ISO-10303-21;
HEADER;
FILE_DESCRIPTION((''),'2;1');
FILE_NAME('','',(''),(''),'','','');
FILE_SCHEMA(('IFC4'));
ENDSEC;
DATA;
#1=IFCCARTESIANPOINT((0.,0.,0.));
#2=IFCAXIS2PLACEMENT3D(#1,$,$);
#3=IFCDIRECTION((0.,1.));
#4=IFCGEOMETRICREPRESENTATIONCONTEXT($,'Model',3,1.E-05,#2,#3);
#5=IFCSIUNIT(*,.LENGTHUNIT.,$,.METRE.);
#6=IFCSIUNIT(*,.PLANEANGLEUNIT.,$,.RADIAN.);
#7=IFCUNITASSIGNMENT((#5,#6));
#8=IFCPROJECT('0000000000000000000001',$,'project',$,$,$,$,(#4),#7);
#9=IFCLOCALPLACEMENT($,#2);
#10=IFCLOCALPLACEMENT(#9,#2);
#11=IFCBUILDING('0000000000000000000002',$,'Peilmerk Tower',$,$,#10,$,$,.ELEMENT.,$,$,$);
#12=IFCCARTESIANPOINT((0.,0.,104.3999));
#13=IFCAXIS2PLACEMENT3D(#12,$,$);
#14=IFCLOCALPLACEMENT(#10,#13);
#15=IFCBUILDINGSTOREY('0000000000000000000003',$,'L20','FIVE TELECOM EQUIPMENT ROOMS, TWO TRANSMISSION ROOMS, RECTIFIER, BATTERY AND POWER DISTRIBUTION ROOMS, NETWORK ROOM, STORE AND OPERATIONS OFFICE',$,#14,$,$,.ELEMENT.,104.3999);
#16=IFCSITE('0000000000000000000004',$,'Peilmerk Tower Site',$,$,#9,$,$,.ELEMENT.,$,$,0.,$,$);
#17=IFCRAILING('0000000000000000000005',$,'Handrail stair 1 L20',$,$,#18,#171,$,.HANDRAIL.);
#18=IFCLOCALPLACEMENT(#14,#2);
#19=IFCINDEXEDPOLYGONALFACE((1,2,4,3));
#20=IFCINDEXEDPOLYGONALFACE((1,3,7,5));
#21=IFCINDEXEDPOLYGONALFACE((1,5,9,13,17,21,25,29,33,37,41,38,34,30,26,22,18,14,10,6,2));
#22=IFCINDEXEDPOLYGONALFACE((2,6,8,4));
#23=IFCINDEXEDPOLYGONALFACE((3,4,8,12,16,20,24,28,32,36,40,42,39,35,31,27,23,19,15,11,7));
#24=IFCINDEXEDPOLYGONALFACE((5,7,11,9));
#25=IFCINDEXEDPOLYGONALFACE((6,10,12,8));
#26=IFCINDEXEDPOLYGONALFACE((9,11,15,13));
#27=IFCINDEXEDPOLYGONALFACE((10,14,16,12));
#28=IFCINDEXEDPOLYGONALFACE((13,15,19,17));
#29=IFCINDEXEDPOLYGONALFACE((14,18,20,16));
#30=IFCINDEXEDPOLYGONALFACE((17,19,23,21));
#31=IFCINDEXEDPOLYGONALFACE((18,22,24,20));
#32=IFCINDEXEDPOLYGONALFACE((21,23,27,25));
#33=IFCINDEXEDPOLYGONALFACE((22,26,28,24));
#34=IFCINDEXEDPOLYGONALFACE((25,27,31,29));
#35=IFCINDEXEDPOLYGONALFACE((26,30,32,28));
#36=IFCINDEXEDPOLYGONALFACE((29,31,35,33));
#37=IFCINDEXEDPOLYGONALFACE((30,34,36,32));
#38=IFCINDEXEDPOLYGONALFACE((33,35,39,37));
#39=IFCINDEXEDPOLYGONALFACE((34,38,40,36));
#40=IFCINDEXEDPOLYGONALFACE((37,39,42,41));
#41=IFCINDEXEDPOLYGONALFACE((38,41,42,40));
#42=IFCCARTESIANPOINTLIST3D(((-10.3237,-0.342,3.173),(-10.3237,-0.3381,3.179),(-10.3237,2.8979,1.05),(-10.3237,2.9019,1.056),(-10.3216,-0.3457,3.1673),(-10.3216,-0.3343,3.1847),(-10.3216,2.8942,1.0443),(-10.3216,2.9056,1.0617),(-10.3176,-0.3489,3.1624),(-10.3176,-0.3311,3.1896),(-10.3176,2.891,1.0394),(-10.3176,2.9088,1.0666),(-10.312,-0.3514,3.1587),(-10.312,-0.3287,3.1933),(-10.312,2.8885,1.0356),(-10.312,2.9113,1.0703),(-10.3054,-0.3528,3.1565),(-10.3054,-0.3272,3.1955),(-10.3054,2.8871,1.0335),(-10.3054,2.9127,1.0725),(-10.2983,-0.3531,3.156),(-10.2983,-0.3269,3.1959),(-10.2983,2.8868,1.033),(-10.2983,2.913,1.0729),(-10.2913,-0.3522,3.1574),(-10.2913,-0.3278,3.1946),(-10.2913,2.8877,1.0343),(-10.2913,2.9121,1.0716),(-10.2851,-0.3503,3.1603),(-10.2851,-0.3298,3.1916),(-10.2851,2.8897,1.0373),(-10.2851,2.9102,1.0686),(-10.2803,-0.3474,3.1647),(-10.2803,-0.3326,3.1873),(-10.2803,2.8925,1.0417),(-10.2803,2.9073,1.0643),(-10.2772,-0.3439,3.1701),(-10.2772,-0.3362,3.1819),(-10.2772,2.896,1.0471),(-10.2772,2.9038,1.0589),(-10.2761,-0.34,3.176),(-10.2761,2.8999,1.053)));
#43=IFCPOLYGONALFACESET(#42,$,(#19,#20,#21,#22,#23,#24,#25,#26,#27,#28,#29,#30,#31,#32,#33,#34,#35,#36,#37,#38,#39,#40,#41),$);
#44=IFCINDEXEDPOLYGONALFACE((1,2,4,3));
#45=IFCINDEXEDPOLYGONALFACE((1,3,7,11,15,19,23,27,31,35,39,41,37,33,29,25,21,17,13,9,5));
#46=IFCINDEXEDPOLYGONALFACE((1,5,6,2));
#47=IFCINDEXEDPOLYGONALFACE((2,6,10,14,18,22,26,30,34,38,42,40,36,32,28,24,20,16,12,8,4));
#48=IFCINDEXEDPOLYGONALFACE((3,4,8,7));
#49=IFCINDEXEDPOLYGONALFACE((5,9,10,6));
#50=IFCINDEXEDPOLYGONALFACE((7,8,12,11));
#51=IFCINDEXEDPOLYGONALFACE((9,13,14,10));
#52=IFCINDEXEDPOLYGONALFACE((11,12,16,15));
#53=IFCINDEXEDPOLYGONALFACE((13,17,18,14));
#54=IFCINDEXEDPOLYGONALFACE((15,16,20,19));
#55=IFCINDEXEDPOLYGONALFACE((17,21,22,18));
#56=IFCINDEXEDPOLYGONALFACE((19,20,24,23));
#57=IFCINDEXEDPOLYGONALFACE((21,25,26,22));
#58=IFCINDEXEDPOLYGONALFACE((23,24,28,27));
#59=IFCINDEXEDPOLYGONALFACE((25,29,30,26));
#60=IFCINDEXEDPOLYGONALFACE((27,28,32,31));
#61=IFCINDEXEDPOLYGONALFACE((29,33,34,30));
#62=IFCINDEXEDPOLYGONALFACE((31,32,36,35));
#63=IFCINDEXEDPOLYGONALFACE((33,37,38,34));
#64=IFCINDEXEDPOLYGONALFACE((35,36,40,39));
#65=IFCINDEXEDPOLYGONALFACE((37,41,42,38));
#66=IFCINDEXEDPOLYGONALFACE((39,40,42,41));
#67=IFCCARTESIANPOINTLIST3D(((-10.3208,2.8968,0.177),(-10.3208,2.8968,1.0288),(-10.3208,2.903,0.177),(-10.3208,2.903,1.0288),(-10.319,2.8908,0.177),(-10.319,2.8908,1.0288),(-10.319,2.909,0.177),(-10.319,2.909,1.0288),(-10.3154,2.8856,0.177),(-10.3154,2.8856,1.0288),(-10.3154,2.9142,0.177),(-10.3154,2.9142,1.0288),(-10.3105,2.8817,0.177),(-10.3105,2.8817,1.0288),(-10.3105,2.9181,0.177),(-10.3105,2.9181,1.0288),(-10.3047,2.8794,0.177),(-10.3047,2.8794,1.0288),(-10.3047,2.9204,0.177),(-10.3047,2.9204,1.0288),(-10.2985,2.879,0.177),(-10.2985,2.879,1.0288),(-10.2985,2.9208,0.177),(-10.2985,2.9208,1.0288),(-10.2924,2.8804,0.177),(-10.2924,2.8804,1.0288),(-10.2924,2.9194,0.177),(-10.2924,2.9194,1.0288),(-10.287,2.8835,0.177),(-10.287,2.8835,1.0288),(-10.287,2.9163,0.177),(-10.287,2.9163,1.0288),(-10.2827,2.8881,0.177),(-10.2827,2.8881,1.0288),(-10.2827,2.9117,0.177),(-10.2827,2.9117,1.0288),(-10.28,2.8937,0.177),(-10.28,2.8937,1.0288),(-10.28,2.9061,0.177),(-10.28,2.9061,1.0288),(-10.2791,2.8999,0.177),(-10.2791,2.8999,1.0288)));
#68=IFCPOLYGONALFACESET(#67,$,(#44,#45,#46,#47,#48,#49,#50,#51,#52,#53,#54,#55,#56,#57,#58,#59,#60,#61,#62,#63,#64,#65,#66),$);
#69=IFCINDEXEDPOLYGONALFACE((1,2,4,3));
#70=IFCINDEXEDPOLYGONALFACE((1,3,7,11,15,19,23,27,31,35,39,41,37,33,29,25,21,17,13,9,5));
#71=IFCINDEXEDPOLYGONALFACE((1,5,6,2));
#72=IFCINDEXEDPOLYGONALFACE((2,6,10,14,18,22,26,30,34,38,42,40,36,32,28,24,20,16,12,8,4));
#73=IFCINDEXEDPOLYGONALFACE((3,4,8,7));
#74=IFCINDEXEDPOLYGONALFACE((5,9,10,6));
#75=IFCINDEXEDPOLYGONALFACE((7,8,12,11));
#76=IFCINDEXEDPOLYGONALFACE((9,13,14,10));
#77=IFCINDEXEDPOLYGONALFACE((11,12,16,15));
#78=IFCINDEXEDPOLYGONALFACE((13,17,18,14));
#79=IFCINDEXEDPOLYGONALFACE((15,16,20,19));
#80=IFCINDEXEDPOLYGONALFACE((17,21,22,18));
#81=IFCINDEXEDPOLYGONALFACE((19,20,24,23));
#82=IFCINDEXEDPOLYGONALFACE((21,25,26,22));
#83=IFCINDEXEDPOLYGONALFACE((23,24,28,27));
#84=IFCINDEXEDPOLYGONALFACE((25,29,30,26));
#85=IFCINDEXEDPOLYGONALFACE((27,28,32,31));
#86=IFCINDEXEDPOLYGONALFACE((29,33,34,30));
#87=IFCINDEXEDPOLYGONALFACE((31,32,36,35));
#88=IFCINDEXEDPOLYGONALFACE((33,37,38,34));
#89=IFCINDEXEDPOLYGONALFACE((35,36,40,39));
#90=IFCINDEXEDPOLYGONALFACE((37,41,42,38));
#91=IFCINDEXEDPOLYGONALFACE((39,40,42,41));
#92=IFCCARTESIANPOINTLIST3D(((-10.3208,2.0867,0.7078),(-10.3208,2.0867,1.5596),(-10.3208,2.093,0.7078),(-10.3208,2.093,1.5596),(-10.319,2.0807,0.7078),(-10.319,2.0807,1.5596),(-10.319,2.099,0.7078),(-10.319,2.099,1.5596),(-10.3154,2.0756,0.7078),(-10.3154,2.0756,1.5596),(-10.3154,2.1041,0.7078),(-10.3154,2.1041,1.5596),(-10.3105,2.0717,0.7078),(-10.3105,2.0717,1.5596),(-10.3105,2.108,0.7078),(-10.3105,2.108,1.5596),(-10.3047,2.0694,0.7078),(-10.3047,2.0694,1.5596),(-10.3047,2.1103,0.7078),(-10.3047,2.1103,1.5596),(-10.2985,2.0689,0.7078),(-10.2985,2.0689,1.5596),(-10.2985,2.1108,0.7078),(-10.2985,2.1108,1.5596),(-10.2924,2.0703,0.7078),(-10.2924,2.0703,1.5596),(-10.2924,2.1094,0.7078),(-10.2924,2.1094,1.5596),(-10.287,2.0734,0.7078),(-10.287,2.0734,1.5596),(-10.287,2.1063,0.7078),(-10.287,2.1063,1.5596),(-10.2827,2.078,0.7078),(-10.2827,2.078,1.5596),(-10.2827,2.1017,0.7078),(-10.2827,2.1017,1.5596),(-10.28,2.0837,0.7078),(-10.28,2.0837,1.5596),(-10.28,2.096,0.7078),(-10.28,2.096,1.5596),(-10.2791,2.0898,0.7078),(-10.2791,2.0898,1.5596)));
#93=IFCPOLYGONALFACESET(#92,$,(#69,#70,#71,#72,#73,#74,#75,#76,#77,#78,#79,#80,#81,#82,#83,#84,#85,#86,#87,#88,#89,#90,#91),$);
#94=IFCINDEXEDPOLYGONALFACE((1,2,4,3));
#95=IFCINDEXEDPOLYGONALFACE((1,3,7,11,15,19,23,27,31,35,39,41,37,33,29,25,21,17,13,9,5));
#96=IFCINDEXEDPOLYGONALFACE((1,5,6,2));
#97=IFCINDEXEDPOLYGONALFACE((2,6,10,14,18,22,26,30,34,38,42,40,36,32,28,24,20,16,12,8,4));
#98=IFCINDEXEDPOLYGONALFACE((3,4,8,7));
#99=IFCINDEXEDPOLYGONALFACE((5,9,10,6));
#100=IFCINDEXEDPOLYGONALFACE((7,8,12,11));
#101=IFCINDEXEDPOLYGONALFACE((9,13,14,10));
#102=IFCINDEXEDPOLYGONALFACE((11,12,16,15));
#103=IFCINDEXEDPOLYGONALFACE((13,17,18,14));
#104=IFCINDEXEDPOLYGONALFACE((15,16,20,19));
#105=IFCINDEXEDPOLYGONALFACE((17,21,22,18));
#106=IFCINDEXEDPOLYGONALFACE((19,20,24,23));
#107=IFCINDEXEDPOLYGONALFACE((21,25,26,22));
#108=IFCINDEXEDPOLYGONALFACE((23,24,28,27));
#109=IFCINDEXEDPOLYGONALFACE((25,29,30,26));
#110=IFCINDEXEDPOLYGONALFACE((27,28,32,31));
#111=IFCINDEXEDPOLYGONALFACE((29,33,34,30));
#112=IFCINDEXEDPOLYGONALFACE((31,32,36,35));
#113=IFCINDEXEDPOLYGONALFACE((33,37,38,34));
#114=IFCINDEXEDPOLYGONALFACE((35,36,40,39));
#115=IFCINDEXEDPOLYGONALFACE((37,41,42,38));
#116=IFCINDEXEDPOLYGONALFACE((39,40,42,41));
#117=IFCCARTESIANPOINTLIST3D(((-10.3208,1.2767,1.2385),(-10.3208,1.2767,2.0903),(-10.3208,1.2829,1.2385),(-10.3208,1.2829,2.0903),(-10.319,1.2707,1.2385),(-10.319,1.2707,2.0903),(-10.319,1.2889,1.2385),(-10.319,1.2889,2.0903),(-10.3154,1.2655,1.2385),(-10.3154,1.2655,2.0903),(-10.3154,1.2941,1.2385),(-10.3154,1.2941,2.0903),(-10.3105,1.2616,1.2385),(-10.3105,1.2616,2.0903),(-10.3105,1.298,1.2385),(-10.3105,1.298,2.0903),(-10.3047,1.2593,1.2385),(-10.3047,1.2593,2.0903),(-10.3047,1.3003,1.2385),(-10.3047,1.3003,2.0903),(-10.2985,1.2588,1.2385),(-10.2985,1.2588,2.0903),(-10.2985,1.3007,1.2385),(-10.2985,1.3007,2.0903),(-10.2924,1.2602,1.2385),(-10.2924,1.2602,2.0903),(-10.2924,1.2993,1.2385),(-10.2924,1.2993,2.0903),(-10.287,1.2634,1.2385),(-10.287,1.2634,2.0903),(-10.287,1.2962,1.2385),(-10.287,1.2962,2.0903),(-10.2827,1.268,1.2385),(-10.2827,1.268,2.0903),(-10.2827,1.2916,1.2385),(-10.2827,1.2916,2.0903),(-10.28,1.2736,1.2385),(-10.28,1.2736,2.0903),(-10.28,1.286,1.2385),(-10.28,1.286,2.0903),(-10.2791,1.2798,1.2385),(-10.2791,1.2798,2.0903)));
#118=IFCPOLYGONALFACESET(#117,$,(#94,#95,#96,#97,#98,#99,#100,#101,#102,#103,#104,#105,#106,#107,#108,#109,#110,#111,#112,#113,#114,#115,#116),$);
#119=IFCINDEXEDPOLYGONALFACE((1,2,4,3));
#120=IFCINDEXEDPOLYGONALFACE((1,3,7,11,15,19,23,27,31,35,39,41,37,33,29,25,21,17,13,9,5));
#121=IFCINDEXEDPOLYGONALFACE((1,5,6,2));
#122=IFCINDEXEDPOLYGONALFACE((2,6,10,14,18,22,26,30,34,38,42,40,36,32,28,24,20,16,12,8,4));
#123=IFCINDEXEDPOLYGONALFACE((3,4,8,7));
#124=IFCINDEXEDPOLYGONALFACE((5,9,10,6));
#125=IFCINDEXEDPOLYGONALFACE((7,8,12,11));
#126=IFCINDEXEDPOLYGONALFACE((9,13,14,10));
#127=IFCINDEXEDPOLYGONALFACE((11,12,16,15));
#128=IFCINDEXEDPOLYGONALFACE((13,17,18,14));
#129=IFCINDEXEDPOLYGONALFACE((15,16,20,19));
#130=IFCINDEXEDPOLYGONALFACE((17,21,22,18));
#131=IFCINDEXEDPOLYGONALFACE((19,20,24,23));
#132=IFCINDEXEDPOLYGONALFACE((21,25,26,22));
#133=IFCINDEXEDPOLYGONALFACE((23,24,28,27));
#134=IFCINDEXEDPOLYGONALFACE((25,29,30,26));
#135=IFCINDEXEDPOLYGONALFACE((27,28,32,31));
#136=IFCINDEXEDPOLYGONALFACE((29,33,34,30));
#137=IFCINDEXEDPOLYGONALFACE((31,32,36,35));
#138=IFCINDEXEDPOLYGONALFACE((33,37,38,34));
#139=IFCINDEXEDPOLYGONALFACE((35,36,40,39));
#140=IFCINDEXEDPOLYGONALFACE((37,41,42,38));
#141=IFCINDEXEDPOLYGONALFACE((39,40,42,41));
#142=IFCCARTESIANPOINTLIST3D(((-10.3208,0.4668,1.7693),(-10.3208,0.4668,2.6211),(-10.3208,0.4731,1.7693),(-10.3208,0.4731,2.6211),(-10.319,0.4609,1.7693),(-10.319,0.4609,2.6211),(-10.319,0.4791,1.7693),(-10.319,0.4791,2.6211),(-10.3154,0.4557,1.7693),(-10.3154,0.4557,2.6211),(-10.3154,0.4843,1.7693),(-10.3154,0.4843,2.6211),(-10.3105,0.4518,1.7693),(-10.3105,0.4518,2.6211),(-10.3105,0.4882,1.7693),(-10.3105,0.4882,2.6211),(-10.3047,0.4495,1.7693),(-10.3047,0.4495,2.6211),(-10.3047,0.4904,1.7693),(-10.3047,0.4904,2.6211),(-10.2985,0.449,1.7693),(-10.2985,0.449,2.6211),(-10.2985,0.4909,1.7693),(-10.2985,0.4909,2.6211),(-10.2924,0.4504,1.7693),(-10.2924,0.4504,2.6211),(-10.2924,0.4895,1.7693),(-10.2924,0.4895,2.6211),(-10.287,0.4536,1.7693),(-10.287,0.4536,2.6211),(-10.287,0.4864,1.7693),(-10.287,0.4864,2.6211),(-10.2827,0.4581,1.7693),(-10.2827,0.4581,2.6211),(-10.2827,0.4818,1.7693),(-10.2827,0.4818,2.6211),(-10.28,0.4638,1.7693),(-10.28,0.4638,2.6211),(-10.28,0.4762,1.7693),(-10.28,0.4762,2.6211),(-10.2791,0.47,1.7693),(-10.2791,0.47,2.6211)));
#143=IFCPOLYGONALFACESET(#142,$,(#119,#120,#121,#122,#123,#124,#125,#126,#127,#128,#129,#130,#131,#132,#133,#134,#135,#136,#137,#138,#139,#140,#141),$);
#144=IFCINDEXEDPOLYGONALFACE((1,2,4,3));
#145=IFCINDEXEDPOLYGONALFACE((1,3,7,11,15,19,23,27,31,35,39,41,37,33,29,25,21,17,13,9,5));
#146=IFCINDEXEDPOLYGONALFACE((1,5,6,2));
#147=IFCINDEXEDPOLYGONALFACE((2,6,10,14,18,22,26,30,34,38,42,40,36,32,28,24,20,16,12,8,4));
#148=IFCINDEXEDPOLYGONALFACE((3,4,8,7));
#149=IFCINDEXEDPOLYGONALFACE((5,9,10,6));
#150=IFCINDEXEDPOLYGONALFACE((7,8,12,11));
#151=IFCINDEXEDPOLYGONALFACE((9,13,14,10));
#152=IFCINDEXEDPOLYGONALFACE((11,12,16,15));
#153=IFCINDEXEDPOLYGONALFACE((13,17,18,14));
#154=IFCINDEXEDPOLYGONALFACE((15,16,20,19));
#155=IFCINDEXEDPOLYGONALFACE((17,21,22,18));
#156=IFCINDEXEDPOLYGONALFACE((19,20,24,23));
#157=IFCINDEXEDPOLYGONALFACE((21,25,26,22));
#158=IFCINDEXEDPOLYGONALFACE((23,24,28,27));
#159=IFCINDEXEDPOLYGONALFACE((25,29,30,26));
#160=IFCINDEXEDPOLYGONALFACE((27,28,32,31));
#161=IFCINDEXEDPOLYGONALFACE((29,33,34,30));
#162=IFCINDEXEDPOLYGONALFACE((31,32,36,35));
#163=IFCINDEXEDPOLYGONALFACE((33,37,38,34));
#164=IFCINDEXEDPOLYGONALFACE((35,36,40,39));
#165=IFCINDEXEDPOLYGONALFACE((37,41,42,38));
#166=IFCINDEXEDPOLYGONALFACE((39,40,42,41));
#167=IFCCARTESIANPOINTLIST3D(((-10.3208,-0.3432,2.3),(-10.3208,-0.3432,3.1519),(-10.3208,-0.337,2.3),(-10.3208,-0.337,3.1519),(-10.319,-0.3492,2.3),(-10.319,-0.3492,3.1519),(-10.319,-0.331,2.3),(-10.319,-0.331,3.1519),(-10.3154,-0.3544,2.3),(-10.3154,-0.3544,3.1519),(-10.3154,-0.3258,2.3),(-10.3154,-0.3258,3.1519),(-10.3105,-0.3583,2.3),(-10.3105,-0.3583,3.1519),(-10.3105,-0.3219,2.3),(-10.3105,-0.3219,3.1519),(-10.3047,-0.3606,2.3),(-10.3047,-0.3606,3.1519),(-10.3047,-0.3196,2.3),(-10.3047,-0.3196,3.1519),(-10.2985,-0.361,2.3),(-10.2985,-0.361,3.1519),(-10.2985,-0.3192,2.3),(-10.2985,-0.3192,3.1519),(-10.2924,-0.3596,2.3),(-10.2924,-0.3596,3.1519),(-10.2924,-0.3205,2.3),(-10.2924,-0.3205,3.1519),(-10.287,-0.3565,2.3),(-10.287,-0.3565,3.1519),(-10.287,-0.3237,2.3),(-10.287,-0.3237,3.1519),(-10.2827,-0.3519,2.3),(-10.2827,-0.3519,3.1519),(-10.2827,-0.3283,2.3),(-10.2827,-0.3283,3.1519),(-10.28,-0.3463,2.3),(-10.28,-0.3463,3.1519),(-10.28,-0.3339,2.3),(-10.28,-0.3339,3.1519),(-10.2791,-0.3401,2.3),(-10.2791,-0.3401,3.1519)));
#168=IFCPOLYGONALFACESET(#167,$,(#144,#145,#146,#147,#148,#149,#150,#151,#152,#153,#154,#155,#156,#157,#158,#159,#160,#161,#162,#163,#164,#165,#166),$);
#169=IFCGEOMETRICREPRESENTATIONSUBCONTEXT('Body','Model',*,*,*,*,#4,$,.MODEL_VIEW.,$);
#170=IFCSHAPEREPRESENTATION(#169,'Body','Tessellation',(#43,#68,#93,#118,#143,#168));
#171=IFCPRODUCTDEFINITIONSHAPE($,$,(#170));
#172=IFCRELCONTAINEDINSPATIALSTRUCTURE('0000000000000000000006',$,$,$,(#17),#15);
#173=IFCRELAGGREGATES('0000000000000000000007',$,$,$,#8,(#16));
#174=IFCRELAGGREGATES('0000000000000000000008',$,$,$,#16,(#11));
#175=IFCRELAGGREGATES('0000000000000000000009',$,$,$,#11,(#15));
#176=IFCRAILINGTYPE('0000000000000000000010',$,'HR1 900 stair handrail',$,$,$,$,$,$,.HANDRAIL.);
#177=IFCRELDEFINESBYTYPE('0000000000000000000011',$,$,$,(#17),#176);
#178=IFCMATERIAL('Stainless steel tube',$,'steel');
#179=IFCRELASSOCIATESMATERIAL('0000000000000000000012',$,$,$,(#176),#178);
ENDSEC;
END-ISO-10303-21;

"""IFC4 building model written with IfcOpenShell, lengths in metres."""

from ifc_helpers import new_model, si_unit, direction, frame, origin, origin_2d, place, context, subcontext, project, spatial, circle, extrude, material, type_object, element, save


model = new_model("IFC4")

# Units and contexts
model_context = context("Model", 3, precision=1e-05, world=origin(), true_north=direction((0.0, 1.0)))
body_context = subcontext(model_context, "Body", "Model", "MODEL_VIEW")
ifc_project = project(units=[si_unit("LENGTHUNIT", "METRE"), si_unit("PLANEANGLEUNIT", "RADIAN")], contexts=[model_context])

# Site, building, storey
site_placement = place(None, origin())
site = spatial("IfcSite", under=ifc_project, at=site_placement, Name="Peilmerk Tower Site", CompositionType="ELEMENT", RefElevation=0.0)
building_placement = place(site_placement, origin())
building = spatial("IfcBuilding", under=site, at=building_placement, Name="Peilmerk Tower", CompositionType="ELEMENT")
storey_placement = place(building_placement, frame((0.0, 0.0, 104.3999)))
storey = spatial("IfcBuildingStorey", under=building, at=storey_placement, Name="L20", Description="FIVE TELECOM EQUIPMENT ROOMS, TWO TRANSMISSION ROOMS, RECTIFIER, BATTERY AND POWER DISTRIBUTION ROOMS, NETWORK ROOM, STORE AND OPERATIONS OFFICE", CompositionType="ELEMENT", Elevation=104.3999)

# Railing
ifc_material_1 = material(Name="Stainless steel tube", Category="steel")
railing_type_1 = type_object("IfcRailingType", Name="HR1 900 stair handrail", PredefinedType="HANDRAIL", material=ifc_material_1)
railing_1_placement = place(storey_placement, frame((-10.3, 2.8999, 0.177)))
element("IfcRailing", 1, at=railing_1_placement, inside=storey, type_object=railing_type_1, Name="Handrail stair 1 L20", PredefinedType="HANDRAIL", context=body_context, shape_type="SweptSolid", body=[
    extrude(circle(Radius=0.0239, at=origin_2d()), frame((0.0, 0.0, 0.876), z_axis=(0.0, -0.836426, 0.548079), x_axis=(1.0, 0.0, 0.0)), (0.0, 0.0, 1.0), 3.8735),
    extrude(circle(Radius=0.021, at=origin_2d()), origin(), (0.0, 0.0, 1.0), 0.8518),
    extrude(circle(Radius=0.021, at=origin_2d()), frame((0.0, -0.8101, 0.5308)), (0.0, 0.0, 1.0), 0.8518),
    extrude(circle(Radius=0.021, at=origin_2d()), frame((0.0, -1.6201, 1.0615)), (0.0, 0.0, 1.0), 0.8518),
    extrude(circle(Radius=0.021, at=origin_2d()), frame((0.0, -2.4299, 1.5923)), (0.0, 0.0, 1.0), 0.8518),
    extrude(circle(Radius=0.021, at=origin_2d()), frame((0.0, -3.24, 2.123)), (0.0, 0.0, 1.0), 0.8518),
])

save(model, "model.ifc")
